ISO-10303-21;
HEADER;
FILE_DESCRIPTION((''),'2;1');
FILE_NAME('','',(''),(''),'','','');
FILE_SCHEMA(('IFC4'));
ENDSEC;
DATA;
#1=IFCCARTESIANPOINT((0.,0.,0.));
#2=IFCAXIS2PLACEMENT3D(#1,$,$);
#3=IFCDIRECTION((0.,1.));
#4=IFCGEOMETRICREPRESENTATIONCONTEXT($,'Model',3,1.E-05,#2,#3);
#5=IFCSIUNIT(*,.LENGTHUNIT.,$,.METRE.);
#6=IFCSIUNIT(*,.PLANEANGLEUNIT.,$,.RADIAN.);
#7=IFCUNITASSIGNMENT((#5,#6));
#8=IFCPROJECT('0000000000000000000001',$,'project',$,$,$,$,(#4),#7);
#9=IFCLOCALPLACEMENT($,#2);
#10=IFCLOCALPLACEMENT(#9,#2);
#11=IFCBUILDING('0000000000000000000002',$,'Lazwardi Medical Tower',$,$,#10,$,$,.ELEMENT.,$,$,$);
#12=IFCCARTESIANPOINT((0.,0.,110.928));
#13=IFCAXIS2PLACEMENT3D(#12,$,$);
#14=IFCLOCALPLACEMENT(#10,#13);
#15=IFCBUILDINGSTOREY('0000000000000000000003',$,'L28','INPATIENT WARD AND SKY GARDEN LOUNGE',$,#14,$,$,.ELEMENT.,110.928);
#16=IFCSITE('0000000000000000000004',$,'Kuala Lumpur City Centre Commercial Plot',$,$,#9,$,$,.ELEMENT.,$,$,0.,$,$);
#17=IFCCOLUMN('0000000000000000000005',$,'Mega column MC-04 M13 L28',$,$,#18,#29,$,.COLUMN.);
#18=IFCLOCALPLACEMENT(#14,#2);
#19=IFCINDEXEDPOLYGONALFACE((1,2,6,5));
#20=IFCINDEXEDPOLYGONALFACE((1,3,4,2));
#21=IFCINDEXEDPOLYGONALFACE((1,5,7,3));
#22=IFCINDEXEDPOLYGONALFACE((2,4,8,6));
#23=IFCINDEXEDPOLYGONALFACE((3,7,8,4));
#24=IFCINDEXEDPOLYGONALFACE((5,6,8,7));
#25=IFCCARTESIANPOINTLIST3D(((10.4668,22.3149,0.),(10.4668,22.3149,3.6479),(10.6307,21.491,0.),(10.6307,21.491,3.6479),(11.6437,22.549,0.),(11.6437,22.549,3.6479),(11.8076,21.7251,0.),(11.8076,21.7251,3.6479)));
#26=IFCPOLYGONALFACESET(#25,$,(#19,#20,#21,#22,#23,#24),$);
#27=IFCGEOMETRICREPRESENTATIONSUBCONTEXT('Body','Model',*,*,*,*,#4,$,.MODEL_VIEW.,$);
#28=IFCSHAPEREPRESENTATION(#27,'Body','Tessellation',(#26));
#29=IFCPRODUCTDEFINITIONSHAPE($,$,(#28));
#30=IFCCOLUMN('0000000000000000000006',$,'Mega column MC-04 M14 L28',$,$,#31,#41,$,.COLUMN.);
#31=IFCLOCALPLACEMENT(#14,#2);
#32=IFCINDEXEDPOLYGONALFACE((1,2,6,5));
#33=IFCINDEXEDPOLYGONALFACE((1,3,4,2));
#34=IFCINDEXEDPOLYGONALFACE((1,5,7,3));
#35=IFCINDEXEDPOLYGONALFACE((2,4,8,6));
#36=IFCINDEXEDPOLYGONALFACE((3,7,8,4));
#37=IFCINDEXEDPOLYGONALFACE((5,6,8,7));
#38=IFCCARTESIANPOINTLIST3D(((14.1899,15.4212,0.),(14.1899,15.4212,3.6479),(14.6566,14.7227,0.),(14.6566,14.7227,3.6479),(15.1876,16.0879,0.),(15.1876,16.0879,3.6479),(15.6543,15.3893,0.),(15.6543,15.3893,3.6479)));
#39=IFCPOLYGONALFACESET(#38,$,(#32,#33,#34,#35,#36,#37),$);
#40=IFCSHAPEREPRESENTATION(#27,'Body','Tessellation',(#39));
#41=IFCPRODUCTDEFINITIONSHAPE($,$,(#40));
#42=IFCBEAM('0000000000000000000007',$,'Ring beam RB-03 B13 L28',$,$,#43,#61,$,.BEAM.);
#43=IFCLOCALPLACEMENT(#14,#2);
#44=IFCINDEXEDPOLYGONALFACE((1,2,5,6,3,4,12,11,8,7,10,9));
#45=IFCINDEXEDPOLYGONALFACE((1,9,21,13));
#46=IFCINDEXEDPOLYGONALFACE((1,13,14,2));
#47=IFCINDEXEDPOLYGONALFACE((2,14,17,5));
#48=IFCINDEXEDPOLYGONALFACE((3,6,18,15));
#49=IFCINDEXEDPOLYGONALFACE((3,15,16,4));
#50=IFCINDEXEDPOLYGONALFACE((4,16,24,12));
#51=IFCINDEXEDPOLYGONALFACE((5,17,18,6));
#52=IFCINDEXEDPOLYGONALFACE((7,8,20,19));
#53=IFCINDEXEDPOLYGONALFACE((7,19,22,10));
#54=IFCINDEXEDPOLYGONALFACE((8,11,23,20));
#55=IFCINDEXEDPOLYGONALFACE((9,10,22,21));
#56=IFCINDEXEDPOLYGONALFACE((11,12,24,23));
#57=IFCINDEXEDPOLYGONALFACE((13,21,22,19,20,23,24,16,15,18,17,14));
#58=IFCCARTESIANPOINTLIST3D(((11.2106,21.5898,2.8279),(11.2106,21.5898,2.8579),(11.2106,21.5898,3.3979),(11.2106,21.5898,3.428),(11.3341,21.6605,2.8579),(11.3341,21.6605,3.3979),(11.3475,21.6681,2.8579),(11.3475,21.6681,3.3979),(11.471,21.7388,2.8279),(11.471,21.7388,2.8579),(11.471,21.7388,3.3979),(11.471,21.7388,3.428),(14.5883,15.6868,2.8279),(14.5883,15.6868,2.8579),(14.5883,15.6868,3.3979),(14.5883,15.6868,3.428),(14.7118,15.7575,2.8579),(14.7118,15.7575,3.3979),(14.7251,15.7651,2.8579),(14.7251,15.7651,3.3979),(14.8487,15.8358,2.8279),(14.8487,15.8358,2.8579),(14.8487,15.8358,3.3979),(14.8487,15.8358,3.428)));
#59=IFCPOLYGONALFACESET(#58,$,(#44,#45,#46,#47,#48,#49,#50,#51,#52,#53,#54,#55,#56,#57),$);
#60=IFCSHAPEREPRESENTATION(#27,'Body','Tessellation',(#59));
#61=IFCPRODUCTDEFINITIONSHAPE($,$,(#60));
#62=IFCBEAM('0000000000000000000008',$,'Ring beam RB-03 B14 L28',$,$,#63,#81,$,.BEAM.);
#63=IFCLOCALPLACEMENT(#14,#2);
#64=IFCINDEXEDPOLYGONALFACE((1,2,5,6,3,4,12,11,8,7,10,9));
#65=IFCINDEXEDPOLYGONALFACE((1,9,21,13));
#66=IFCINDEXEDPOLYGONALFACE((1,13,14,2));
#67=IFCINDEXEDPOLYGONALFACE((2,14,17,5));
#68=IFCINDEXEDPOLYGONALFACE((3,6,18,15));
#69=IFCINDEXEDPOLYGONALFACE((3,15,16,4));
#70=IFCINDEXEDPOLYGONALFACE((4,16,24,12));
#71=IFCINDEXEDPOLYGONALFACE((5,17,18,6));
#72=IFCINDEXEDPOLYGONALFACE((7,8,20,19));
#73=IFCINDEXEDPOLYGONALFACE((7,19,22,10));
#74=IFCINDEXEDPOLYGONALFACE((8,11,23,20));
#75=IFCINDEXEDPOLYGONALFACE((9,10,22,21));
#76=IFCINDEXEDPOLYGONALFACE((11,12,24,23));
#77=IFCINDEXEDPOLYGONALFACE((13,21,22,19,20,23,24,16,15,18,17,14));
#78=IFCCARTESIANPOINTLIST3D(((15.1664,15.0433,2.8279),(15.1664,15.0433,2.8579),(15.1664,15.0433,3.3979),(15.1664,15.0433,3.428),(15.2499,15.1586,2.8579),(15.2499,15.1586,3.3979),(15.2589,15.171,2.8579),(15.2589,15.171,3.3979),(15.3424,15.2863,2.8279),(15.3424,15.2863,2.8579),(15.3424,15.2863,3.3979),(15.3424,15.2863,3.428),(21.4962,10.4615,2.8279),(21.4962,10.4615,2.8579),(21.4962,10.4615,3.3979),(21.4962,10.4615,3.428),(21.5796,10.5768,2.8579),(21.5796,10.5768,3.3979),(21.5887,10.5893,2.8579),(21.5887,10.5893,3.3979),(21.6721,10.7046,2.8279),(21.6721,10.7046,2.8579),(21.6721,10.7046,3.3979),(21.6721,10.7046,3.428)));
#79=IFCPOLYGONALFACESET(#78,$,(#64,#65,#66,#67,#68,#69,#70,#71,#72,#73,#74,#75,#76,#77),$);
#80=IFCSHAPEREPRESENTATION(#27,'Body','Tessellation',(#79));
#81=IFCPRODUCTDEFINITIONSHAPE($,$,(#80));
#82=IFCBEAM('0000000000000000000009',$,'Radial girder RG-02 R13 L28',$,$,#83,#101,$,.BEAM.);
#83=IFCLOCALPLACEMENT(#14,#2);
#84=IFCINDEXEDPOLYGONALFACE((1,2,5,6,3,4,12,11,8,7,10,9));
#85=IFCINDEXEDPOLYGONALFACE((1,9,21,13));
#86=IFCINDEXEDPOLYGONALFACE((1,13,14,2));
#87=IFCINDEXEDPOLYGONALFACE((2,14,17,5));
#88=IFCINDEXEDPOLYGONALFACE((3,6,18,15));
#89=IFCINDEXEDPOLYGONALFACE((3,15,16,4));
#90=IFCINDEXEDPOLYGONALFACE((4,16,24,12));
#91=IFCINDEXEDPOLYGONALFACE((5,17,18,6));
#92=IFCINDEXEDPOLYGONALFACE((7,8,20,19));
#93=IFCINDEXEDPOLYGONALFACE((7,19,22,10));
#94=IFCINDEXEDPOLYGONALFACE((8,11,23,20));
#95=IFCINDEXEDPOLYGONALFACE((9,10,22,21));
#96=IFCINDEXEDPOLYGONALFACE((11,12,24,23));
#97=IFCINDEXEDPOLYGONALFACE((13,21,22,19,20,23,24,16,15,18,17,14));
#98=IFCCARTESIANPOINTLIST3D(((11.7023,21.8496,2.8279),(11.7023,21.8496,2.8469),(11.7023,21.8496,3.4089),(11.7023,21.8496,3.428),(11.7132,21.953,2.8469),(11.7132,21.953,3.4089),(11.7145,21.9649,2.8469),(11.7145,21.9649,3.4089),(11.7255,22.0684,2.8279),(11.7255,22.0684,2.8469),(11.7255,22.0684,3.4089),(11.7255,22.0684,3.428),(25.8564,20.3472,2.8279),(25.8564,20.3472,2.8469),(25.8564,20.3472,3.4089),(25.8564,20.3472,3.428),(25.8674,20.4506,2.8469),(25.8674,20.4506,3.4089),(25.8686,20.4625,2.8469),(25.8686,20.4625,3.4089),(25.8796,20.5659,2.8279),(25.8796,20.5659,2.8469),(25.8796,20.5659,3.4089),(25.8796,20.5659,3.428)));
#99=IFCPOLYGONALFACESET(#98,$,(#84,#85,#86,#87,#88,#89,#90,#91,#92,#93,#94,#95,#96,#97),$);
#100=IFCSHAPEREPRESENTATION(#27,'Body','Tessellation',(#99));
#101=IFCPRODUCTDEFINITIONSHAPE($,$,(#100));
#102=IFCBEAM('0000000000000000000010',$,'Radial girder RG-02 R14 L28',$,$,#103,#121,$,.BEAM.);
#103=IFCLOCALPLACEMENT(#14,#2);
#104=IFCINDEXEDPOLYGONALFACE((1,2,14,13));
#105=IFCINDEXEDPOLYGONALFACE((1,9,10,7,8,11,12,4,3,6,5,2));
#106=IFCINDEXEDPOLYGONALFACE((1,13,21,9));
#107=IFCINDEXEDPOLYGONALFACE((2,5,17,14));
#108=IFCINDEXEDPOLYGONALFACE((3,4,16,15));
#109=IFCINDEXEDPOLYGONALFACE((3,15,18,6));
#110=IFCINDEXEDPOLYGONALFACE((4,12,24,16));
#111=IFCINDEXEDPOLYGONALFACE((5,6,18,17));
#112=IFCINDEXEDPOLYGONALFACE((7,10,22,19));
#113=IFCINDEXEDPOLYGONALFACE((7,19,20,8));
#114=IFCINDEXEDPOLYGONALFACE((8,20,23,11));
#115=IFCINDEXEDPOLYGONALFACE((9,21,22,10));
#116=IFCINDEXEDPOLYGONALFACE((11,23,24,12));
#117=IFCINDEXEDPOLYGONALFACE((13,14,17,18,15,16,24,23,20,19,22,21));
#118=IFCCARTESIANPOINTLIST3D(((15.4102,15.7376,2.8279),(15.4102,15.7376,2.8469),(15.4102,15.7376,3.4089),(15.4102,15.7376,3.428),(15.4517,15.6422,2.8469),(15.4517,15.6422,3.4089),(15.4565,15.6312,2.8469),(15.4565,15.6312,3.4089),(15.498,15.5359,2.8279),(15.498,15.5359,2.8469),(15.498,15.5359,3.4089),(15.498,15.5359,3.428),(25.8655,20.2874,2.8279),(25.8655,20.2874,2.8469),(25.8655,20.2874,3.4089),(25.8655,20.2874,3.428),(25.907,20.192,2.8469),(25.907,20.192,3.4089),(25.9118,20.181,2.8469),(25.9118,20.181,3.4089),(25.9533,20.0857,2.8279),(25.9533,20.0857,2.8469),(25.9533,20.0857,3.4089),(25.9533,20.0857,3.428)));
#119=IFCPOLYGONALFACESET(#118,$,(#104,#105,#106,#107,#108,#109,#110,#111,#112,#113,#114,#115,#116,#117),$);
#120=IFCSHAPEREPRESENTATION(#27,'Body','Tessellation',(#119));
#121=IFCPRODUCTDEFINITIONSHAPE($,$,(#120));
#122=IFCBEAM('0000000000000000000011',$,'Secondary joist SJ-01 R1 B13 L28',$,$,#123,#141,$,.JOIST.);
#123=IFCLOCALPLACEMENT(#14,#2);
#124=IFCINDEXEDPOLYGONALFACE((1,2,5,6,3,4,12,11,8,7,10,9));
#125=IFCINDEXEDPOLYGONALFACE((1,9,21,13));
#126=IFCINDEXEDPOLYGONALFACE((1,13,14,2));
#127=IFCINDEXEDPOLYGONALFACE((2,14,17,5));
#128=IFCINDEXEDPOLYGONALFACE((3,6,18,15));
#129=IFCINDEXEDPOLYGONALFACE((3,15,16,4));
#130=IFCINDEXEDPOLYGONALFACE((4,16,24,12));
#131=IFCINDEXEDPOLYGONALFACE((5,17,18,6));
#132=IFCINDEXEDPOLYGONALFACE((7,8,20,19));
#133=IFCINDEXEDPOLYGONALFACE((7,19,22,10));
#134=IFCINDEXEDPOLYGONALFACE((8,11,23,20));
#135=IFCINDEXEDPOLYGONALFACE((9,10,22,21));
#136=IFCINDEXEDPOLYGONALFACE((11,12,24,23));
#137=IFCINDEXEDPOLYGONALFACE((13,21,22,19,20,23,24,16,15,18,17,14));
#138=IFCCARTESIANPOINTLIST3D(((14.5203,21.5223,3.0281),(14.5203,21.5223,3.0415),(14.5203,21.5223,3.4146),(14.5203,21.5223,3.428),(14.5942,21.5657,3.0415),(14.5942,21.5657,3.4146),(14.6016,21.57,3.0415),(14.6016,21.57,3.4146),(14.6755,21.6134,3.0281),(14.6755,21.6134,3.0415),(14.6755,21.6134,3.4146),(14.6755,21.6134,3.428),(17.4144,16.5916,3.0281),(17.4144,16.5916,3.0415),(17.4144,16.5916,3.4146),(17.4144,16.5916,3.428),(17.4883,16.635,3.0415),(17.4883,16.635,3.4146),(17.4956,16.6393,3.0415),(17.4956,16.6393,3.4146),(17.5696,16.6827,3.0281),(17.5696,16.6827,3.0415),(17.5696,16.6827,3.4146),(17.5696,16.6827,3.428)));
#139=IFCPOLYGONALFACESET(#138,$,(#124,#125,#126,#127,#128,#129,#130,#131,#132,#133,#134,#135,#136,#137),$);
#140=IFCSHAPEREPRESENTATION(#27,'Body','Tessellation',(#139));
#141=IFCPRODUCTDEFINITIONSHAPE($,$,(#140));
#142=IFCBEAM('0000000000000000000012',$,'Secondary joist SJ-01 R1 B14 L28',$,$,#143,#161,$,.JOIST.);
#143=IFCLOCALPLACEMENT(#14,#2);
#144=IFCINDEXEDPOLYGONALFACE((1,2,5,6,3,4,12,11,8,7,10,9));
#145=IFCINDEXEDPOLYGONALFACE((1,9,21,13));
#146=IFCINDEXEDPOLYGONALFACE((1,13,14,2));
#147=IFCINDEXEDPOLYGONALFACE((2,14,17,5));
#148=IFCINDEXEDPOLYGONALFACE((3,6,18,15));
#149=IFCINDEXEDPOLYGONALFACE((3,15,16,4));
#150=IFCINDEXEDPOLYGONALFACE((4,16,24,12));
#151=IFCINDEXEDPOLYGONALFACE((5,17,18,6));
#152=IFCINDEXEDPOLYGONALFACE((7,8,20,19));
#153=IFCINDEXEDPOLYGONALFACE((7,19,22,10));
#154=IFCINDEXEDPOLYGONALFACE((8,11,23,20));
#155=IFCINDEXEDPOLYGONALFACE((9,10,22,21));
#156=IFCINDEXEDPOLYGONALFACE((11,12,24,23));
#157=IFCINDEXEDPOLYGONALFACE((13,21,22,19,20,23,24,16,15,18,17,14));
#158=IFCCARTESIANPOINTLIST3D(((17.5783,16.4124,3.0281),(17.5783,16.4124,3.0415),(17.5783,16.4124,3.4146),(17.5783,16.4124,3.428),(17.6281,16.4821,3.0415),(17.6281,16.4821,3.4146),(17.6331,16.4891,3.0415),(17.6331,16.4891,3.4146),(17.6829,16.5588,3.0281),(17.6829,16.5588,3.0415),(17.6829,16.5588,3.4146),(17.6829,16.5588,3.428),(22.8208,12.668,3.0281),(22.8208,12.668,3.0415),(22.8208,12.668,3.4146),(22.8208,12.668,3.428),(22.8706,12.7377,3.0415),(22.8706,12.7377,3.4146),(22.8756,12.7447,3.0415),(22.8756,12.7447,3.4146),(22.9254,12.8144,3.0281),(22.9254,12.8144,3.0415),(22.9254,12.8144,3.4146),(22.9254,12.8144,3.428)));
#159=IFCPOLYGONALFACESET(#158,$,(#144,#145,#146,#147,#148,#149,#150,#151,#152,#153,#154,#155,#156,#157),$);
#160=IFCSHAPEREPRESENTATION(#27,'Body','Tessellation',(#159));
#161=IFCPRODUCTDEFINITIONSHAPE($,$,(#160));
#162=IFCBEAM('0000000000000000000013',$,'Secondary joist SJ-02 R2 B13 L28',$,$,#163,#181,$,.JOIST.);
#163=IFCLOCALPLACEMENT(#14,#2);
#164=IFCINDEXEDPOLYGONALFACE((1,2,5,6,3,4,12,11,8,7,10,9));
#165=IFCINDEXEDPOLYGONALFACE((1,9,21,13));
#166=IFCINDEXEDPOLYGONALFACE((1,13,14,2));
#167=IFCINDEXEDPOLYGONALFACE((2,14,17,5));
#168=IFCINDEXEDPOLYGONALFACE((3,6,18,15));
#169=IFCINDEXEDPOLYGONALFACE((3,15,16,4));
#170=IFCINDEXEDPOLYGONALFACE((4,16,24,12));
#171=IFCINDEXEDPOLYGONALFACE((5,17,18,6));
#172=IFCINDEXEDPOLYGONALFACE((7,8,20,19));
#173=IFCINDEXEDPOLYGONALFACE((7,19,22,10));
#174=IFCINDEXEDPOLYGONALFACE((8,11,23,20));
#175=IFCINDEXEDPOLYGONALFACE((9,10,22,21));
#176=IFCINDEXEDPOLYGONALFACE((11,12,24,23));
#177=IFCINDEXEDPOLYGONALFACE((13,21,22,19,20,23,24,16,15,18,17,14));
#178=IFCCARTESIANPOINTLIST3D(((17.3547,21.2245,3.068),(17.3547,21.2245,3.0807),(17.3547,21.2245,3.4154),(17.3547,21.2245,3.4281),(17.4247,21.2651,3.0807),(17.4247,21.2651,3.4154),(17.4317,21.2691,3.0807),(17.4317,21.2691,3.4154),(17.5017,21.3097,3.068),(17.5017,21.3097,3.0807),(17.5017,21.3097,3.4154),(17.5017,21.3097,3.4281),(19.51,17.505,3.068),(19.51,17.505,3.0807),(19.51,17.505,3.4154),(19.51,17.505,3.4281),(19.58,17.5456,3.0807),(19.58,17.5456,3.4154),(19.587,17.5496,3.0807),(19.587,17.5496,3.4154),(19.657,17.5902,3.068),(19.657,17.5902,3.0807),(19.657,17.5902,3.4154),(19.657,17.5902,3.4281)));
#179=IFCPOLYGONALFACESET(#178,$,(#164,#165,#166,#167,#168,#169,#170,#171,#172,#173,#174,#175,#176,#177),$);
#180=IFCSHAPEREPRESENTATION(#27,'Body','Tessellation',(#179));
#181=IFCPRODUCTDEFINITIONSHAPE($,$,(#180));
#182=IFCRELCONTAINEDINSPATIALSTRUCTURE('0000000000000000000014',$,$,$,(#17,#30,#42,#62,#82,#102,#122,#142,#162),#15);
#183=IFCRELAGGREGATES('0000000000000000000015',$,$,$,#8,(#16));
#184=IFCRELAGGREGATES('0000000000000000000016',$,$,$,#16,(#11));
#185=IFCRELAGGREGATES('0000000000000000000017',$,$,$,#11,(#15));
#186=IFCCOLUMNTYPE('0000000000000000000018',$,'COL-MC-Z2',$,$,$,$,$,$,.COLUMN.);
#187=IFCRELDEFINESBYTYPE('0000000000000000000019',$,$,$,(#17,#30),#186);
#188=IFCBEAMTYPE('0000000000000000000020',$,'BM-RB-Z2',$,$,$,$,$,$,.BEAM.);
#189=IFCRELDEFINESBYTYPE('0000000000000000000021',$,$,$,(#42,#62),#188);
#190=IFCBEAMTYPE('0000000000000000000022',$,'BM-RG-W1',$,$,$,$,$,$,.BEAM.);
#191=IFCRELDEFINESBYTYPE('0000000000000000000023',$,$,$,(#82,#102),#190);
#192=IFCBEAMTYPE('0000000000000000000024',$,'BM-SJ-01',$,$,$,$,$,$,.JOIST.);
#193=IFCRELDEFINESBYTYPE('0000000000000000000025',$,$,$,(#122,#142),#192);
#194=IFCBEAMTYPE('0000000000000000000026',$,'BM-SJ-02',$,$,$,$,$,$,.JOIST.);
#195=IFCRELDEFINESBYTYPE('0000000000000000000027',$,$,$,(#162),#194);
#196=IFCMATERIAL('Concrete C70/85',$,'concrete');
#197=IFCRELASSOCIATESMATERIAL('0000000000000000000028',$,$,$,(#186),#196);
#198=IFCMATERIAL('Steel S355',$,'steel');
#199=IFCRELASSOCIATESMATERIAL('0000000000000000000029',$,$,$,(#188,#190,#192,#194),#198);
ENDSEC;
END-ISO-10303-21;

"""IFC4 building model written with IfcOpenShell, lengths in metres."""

from ifc_helpers import new_model, si_unit, direction, frame, origin, origin_2d, place, context, subcontext, project, spatial, rectangle, i_section, extrude, material, material_profile, profile_set, type_object, element, save


model = new_model("IFC4")

# Units and contexts
model_context = context("Model", 3, precision=1e-05, world=origin(), true_north=direction((0.0, 1.0)))
body_context = subcontext(model_context, "Body", "Model", "MODEL_VIEW")
ifc_project = project(units=[si_unit("LENGTHUNIT", "METRE"), si_unit("PLANEANGLEUNIT", "RADIAN")], contexts=[model_context])

# Site, building, storey
site_placement = place(None, origin())
site = spatial("IfcSite", under=ifc_project, at=site_placement, Name="Kuala Lumpur City Centre Commercial Plot", CompositionType="ELEMENT", RefElevation=0.0)
building_placement = place(site_placement, origin())
building = spatial("IfcBuilding", under=site, at=building_placement, Name="Lazwardi Medical Tower", CompositionType="ELEMENT")
storey_placement = place(building_placement, frame((0.0, 0.0, 110.928)))
storey = spatial("IfcBuildingStorey", under=building, at=storey_placement, Name="L28", Description="INPATIENT WARD AND SKY GARDEN LOUNGE", CompositionType="ELEMENT", Elevation=110.928)

# Columns
ifc_material_1 = material(Name="Concrete C70/85", Category="concrete")
ifc_material_profile_1 = material_profile(ifc_material_1, rectangle(XDim=1.2, YDim=0.8401, at=origin_2d()), Name="CFT-RECT 1200x840")
ifc_profile_set_1 = profile_set([ifc_material_profile_1], Name="Concrete C70/85")
column_type = type_object("IfcColumnType", Name="COL-MC-Z2", PredefinedType="COLUMN", material=ifc_profile_set_1)
for number, where, z_axis, x_axis, name in (
    (1, (11.1372, 22.02, 0.0), (0.0, 0.0, 1.0), (-0.980785, -0.19509, 0.0), "Mega column MC-04 M13 L28"),
    (2, (14.9221, 15.4053, 0.0), (0.0, 0.0, 1.0), (-0.83147, -0.55557, 0.0), "Mega column MC-04 M14 L28"),
):
    element("IfcColumn", number, at=place(storey_placement, frame(where, z_axis=z_axis, x_axis=x_axis)), inside=storey, type_object=column_type, Name=name, PredefinedType="COLUMN", context=body_context, shape_type="SweptSolid", body=[
        extrude(rectangle(XDim=1.2, YDim=0.8401, at=origin_2d()), origin(), (0.0, 0.0, 1.0), 3.6479),
    ])

# Beams
ifc_material_2 = material(Name="Steel S355", Category="steel")
ifc_material_profile_2 = material_profile(ifc_material_2, i_section(OverallWidth=0.3, OverallDepth=0.6001, WebThickness=0.0154, FlangeThickness=0.03, at=origin_2d()), Name="HEB 600")
ifc_profile_set_2 = profile_set([ifc_material_profile_2], Name="Steel S355")
beam_type_1 = type_object("IfcBeamType", Name="BM-RB-Z2", PredefinedType="BEAM", material=ifc_profile_set_2)
beam_1_placement = place(storey_placement, frame((11.3408, 21.6643, 3.1279), z_axis=(0.496638, -0.867958, 0.0), x_axis=(0.867958, 0.496638, 0.0)))
element("IfcBeam", 3, at=beam_1_placement, inside=storey, type_object=beam_type_1, Name="Ring beam RB-03 B13 L28", PredefinedType="BEAM", context=body_context, shape_type="SweptSolid", body=[
    extrude(i_section(OverallWidth=0.3, OverallDepth=0.6001, WebThickness=0.0154, FlangeThickness=0.03, at=origin_2d()), origin(), (0.0, 0.0, 1.0), 6.801),
])
beam_2_placement = place(storey_placement, frame((15.2544, 15.1648, 3.1279), z_axis=(0.810057, -0.586351, 0.0), x_axis=(0.586351, 0.810057, 0.0)))
element("IfcBeam", 4, at=beam_2_placement, inside=storey, type_object=beam_type_1, Name="Ring beam RB-03 B14 L28", PredefinedType="BEAM", context=body_context, shape_type="SweptSolid", body=[
    extrude(i_section(OverallWidth=0.3, OverallDepth=0.6001, WebThickness=0.0154, FlangeThickness=0.03, at=origin_2d()), origin(), (0.0, 0.0, 1.0), 7.814),
])
ifc_material_profile_3 = material_profile(ifc_material_2, i_section(OverallWidth=0.22, OverallDepth=0.6001, WebThickness=0.012, FlangeThickness=0.019, at=origin_2d()), Name="IPE 600")
ifc_profile_set_3 = profile_set([ifc_material_profile_3], Name="Steel S355")
beam_type_2 = type_object("IfcBeamType", Name="BM-RG-W1", PredefinedType="BEAM", material=ifc_profile_set_3)
beam_3_placement = place(storey_placement, frame((11.7139, 21.959, 3.1279), z_axis=(0.994413, -0.105556, 0.0), x_axis=(0.105556, 0.994413, 0.0)))
element("IfcBeam", 5, at=beam_3_placement, inside=storey, type_object=beam_type_2, Name="Radial girder RG-02 R13 L28", PredefinedType="BEAM", context=body_context, shape_type="SweptSolid", body=[
    extrude(i_section(OverallWidth=0.22, OverallDepth=0.6001, WebThickness=0.012, FlangeThickness=0.019, at=origin_2d()), origin(), (0.0, 0.0, 1.0), 14.2336),
])
beam_4_placement = place(storey_placement, frame((15.4541, 15.6367, 3.1279), z_axis=(0.916941, 0.399022, 0.0), x_axis=(-0.399022, 0.916941, 0.0)))
element("IfcBeam", 6, at=beam_4_placement, inside=storey, type_object=beam_type_2, Name="Radial girder RG-02 R14 L28", PredefinedType="BEAM", context=body_context, shape_type="SweptSolid", body=[
    extrude(i_section(OverallWidth=0.22, OverallDepth=0.6001, WebThickness=0.012, FlangeThickness=0.019, at=origin_2d()), origin(), (0.0, 0.0, 1.0), 11.4023),
])
ifc_material_profile_4 = material_profile(ifc_material_2, i_section(OverallWidth=0.1799, OverallDepth=0.3999, WebThickness=0.0085, FlangeThickness=0.0134, at=origin_2d()), Name="IPE 400")
ifc_profile_set_4 = profile_set([ifc_material_profile_4], Name="Steel S355")
beam_type_3 = type_object("IfcBeamType", Name="BM-SJ-01", PredefinedType="JOIST", material=ifc_profile_set_4)
beam_5_placement = place(storey_placement, frame((14.5979, 21.5679, 3.228), z_axis=(0.506195, -0.862419, 0.0), x_axis=(0.862419, 0.506195, 0.0)))
element("IfcBeam", 7, at=beam_5_placement, inside=storey, type_object=beam_type_3, Name="Secondary joist SJ-01 R1 B13 L28", PredefinedType="JOIST", context=body_context, shape_type="SweptSolid", body=[
    extrude(i_section(OverallWidth=0.1799, OverallDepth=0.3999, WebThickness=0.0085, FlangeThickness=0.0134, at=origin_2d()), origin(), (0.0, 0.0, 1.0), 5.7173),
])
beam_6_placement = place(storey_placement, frame((17.6306, 16.4856, 3.228), z_axis=(0.813749, -0.581217, 0.0), x_axis=(0.581217, 0.813749, 0.0)))
element("IfcBeam", 8, at=beam_6_placement, inside=storey, type_object=beam_type_3, Name="Secondary joist SJ-01 R1 B14 L28", PredefinedType="JOIST", context=body_context, shape_type="SweptSolid", body=[
    extrude(i_section(OverallWidth=0.1799, OverallDepth=0.3999, WebThickness=0.0085, FlangeThickness=0.0134, at=origin_2d()), origin(), (0.0, 0.0, 1.0), 6.4424),
])
ifc_material_profile_5 = material_profile(ifc_material_2, i_section(OverallWidth=0.1699, OverallDepth=0.3601, WebThickness=0.0081, FlangeThickness=0.0127, at=origin_2d()), Name="IPE 360")
ifc_profile_set_5 = profile_set([ifc_material_profile_5], Name="Steel S355")
beam_type_4 = type_object("IfcBeamType", Name="BM-SJ-02", PredefinedType="JOIST", material=ifc_profile_set_5)
beam_7_placement = place(storey_placement, frame((17.4282, 21.2671, 3.248), z_axis=(0.501365, -0.865236, 0.0), x_axis=(0.865236, 0.501365, 0.0)))
element("IfcBeam", 9, at=beam_7_placement, inside=storey, type_object=beam_type_4, Name="Secondary joist SJ-02 R2 B13 L28", PredefinedType="JOIST", context=body_context, shape_type="SweptSolid", body=[
    extrude(i_section(OverallWidth=0.1699, OverallDepth=0.3601, WebThickness=0.0081, FlangeThickness=0.0127, at=origin_2d()), origin(), (0.0, 0.0, 1.0), 4.2988),
])

save(model, "model.ifc")
